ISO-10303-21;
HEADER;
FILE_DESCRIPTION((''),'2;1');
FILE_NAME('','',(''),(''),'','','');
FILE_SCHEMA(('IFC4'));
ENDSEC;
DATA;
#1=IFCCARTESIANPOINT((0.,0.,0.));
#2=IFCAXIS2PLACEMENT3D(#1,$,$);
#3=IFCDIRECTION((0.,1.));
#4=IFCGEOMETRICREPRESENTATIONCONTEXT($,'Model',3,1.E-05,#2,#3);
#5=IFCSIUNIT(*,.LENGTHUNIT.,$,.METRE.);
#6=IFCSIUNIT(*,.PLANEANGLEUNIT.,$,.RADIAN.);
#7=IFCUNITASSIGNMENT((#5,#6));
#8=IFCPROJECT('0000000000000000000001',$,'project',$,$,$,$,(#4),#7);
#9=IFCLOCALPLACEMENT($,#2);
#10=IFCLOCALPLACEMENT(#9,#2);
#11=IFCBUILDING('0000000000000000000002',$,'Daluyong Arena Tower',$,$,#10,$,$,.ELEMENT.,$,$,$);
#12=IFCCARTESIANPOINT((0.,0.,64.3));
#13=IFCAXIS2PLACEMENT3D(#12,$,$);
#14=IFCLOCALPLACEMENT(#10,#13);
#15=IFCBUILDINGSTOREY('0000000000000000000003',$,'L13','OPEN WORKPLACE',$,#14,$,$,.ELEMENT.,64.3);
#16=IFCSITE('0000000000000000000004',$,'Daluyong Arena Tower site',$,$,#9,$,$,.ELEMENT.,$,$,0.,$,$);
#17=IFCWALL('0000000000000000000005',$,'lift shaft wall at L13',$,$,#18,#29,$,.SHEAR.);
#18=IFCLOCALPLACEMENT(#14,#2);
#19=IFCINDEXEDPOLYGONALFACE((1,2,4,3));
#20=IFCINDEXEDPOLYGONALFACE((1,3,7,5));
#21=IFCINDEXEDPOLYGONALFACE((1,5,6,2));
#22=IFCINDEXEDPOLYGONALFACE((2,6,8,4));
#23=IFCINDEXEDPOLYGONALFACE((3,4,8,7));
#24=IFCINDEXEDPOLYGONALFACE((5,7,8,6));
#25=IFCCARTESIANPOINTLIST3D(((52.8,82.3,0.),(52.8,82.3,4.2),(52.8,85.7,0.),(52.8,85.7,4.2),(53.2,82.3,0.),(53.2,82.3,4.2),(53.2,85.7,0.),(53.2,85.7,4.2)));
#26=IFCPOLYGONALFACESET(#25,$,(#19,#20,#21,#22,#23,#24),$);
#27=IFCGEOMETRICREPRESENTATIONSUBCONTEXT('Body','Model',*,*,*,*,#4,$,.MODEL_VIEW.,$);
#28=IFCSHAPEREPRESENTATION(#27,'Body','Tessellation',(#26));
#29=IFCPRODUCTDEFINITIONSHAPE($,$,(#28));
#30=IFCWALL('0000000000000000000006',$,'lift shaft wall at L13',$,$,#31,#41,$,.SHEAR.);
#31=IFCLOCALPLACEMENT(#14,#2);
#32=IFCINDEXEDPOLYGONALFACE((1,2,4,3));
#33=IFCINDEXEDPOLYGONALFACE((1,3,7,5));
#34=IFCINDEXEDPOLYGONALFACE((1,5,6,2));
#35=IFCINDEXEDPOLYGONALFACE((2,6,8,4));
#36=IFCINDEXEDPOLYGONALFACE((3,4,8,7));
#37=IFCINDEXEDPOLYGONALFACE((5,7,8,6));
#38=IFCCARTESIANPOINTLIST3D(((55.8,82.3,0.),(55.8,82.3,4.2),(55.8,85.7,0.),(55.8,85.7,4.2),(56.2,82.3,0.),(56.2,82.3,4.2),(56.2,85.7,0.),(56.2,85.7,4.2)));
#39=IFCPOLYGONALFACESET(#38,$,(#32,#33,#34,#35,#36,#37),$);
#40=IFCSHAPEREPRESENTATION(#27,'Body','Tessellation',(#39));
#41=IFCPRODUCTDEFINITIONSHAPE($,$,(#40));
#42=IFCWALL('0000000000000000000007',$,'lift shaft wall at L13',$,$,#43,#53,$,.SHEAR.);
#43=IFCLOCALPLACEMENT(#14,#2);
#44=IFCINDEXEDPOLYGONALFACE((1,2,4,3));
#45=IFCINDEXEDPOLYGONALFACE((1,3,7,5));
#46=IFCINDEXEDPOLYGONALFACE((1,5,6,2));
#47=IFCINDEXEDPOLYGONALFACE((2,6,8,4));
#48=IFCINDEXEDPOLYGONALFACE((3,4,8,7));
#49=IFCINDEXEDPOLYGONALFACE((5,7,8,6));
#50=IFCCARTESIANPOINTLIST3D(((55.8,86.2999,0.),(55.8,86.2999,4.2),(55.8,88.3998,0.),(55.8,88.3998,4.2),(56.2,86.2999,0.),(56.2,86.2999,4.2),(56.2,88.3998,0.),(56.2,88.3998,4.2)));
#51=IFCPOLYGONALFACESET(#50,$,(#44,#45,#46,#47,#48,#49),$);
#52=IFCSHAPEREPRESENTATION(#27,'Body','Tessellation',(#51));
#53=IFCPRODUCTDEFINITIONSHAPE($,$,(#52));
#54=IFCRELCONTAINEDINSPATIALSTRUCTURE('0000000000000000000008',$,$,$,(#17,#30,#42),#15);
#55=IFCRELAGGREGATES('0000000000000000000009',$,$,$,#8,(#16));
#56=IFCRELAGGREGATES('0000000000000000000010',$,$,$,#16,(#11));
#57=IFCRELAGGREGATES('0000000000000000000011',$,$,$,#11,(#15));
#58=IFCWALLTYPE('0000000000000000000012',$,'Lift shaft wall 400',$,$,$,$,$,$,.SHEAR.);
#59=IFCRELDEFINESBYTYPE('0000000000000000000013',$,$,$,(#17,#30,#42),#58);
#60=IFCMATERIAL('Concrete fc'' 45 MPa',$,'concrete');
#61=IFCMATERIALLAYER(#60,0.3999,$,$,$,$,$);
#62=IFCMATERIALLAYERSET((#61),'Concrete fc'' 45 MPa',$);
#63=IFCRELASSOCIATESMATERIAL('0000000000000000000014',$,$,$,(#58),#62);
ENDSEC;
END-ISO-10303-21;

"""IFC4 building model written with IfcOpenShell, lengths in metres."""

from ifc_helpers import new_model, si_unit, direction, frame, frame_2d, origin, place, context, subcontext, project, spatial, rectangle, extrude, material, layer, layer_set, type_object, element, save


model = new_model("IFC4")

# Units and contexts
model_context = context("Model", 3, precision=1e-05, world=origin(), true_north=direction((0.0, 1.0)))
body_context = subcontext(model_context, "Body", "Model", "MODEL_VIEW")
ifc_project = project(units=[si_unit("LENGTHUNIT", "METRE"), si_unit("PLANEANGLEUNIT", "RADIAN")], contexts=[model_context])

# Site, building, storey
site_placement = place(None, origin())
site = spatial("IfcSite", under=ifc_project, at=site_placement, Name="Daluyong Arena Tower site", CompositionType="ELEMENT", RefElevation=0.0)
building_placement = place(site_placement, origin())
building = spatial("IfcBuilding", under=site, at=building_placement, Name="Daluyong Arena Tower", CompositionType="ELEMENT")
storey_placement = place(building_placement, frame((0.0, 0.0, 64.3)))
storey = spatial("IfcBuildingStorey", under=building, at=storey_placement, Name="L13", Description="OPEN WORKPLACE", CompositionType="ELEMENT", Elevation=64.3)

# Walls
ifc_material_1 = material(Name="Concrete fc' 45 MPa", Category="concrete")
ifc_layer_1 = layer(ifc_material_1, 0.3999)
ifc_layer_set_1 = layer_set([ifc_layer_1], Name="Concrete fc' 45 MPa")
wall_type_1 = type_object("IfcWallType", Name="Lift shaft wall 400", PredefinedType="SHEAR", material=ifc_layer_set_1)
for number, where, z_axis, x_axis, name in (
    (1, (53.0, 82.3, 0.0), (0.0, 0.0, 1.0), (0.0, 1.0, 0.0), "lift shaft wall at L13"),
    (2, (56.0, 82.3, 0.0), (0.0, 0.0, 1.0), (0.0, 1.0, 0.0), "lift shaft wall at L13"),
):
    element("IfcWall", number, at=place(storey_placement, frame(where, z_axis=z_axis, x_axis=x_axis)), inside=storey, type_object=wall_type_1, Name=name, PredefinedType="SHEAR", context=body_context, shape_type="SweptSolid", body=[
        extrude(rectangle(XDim=3.3999, YDim=0.3999, at=frame_2d((1.7, 0.0))), origin(), (0.0, 0.0, 1.0), 4.2),
    ])
wall_1_placement = place(storey_placement, frame((56.0, 86.3, 0.0), z_axis=(0.0, 0.0, 1.0), x_axis=(0.0, 1.0, 0.0)))
element("IfcWall", 3, at=wall_1_placement, inside=storey, type_object=wall_type_1, Name="lift shaft wall at L13", PredefinedType="SHEAR", context=body_context, shape_type="SweptSolid", body=[
    extrude(rectangle(XDim=2.0999, YDim=0.3999, at=frame_2d((1.0498, 0.0))), origin(), (0.0, 0.0, 1.0), 4.2),
])

save(model, "model.ifc")
